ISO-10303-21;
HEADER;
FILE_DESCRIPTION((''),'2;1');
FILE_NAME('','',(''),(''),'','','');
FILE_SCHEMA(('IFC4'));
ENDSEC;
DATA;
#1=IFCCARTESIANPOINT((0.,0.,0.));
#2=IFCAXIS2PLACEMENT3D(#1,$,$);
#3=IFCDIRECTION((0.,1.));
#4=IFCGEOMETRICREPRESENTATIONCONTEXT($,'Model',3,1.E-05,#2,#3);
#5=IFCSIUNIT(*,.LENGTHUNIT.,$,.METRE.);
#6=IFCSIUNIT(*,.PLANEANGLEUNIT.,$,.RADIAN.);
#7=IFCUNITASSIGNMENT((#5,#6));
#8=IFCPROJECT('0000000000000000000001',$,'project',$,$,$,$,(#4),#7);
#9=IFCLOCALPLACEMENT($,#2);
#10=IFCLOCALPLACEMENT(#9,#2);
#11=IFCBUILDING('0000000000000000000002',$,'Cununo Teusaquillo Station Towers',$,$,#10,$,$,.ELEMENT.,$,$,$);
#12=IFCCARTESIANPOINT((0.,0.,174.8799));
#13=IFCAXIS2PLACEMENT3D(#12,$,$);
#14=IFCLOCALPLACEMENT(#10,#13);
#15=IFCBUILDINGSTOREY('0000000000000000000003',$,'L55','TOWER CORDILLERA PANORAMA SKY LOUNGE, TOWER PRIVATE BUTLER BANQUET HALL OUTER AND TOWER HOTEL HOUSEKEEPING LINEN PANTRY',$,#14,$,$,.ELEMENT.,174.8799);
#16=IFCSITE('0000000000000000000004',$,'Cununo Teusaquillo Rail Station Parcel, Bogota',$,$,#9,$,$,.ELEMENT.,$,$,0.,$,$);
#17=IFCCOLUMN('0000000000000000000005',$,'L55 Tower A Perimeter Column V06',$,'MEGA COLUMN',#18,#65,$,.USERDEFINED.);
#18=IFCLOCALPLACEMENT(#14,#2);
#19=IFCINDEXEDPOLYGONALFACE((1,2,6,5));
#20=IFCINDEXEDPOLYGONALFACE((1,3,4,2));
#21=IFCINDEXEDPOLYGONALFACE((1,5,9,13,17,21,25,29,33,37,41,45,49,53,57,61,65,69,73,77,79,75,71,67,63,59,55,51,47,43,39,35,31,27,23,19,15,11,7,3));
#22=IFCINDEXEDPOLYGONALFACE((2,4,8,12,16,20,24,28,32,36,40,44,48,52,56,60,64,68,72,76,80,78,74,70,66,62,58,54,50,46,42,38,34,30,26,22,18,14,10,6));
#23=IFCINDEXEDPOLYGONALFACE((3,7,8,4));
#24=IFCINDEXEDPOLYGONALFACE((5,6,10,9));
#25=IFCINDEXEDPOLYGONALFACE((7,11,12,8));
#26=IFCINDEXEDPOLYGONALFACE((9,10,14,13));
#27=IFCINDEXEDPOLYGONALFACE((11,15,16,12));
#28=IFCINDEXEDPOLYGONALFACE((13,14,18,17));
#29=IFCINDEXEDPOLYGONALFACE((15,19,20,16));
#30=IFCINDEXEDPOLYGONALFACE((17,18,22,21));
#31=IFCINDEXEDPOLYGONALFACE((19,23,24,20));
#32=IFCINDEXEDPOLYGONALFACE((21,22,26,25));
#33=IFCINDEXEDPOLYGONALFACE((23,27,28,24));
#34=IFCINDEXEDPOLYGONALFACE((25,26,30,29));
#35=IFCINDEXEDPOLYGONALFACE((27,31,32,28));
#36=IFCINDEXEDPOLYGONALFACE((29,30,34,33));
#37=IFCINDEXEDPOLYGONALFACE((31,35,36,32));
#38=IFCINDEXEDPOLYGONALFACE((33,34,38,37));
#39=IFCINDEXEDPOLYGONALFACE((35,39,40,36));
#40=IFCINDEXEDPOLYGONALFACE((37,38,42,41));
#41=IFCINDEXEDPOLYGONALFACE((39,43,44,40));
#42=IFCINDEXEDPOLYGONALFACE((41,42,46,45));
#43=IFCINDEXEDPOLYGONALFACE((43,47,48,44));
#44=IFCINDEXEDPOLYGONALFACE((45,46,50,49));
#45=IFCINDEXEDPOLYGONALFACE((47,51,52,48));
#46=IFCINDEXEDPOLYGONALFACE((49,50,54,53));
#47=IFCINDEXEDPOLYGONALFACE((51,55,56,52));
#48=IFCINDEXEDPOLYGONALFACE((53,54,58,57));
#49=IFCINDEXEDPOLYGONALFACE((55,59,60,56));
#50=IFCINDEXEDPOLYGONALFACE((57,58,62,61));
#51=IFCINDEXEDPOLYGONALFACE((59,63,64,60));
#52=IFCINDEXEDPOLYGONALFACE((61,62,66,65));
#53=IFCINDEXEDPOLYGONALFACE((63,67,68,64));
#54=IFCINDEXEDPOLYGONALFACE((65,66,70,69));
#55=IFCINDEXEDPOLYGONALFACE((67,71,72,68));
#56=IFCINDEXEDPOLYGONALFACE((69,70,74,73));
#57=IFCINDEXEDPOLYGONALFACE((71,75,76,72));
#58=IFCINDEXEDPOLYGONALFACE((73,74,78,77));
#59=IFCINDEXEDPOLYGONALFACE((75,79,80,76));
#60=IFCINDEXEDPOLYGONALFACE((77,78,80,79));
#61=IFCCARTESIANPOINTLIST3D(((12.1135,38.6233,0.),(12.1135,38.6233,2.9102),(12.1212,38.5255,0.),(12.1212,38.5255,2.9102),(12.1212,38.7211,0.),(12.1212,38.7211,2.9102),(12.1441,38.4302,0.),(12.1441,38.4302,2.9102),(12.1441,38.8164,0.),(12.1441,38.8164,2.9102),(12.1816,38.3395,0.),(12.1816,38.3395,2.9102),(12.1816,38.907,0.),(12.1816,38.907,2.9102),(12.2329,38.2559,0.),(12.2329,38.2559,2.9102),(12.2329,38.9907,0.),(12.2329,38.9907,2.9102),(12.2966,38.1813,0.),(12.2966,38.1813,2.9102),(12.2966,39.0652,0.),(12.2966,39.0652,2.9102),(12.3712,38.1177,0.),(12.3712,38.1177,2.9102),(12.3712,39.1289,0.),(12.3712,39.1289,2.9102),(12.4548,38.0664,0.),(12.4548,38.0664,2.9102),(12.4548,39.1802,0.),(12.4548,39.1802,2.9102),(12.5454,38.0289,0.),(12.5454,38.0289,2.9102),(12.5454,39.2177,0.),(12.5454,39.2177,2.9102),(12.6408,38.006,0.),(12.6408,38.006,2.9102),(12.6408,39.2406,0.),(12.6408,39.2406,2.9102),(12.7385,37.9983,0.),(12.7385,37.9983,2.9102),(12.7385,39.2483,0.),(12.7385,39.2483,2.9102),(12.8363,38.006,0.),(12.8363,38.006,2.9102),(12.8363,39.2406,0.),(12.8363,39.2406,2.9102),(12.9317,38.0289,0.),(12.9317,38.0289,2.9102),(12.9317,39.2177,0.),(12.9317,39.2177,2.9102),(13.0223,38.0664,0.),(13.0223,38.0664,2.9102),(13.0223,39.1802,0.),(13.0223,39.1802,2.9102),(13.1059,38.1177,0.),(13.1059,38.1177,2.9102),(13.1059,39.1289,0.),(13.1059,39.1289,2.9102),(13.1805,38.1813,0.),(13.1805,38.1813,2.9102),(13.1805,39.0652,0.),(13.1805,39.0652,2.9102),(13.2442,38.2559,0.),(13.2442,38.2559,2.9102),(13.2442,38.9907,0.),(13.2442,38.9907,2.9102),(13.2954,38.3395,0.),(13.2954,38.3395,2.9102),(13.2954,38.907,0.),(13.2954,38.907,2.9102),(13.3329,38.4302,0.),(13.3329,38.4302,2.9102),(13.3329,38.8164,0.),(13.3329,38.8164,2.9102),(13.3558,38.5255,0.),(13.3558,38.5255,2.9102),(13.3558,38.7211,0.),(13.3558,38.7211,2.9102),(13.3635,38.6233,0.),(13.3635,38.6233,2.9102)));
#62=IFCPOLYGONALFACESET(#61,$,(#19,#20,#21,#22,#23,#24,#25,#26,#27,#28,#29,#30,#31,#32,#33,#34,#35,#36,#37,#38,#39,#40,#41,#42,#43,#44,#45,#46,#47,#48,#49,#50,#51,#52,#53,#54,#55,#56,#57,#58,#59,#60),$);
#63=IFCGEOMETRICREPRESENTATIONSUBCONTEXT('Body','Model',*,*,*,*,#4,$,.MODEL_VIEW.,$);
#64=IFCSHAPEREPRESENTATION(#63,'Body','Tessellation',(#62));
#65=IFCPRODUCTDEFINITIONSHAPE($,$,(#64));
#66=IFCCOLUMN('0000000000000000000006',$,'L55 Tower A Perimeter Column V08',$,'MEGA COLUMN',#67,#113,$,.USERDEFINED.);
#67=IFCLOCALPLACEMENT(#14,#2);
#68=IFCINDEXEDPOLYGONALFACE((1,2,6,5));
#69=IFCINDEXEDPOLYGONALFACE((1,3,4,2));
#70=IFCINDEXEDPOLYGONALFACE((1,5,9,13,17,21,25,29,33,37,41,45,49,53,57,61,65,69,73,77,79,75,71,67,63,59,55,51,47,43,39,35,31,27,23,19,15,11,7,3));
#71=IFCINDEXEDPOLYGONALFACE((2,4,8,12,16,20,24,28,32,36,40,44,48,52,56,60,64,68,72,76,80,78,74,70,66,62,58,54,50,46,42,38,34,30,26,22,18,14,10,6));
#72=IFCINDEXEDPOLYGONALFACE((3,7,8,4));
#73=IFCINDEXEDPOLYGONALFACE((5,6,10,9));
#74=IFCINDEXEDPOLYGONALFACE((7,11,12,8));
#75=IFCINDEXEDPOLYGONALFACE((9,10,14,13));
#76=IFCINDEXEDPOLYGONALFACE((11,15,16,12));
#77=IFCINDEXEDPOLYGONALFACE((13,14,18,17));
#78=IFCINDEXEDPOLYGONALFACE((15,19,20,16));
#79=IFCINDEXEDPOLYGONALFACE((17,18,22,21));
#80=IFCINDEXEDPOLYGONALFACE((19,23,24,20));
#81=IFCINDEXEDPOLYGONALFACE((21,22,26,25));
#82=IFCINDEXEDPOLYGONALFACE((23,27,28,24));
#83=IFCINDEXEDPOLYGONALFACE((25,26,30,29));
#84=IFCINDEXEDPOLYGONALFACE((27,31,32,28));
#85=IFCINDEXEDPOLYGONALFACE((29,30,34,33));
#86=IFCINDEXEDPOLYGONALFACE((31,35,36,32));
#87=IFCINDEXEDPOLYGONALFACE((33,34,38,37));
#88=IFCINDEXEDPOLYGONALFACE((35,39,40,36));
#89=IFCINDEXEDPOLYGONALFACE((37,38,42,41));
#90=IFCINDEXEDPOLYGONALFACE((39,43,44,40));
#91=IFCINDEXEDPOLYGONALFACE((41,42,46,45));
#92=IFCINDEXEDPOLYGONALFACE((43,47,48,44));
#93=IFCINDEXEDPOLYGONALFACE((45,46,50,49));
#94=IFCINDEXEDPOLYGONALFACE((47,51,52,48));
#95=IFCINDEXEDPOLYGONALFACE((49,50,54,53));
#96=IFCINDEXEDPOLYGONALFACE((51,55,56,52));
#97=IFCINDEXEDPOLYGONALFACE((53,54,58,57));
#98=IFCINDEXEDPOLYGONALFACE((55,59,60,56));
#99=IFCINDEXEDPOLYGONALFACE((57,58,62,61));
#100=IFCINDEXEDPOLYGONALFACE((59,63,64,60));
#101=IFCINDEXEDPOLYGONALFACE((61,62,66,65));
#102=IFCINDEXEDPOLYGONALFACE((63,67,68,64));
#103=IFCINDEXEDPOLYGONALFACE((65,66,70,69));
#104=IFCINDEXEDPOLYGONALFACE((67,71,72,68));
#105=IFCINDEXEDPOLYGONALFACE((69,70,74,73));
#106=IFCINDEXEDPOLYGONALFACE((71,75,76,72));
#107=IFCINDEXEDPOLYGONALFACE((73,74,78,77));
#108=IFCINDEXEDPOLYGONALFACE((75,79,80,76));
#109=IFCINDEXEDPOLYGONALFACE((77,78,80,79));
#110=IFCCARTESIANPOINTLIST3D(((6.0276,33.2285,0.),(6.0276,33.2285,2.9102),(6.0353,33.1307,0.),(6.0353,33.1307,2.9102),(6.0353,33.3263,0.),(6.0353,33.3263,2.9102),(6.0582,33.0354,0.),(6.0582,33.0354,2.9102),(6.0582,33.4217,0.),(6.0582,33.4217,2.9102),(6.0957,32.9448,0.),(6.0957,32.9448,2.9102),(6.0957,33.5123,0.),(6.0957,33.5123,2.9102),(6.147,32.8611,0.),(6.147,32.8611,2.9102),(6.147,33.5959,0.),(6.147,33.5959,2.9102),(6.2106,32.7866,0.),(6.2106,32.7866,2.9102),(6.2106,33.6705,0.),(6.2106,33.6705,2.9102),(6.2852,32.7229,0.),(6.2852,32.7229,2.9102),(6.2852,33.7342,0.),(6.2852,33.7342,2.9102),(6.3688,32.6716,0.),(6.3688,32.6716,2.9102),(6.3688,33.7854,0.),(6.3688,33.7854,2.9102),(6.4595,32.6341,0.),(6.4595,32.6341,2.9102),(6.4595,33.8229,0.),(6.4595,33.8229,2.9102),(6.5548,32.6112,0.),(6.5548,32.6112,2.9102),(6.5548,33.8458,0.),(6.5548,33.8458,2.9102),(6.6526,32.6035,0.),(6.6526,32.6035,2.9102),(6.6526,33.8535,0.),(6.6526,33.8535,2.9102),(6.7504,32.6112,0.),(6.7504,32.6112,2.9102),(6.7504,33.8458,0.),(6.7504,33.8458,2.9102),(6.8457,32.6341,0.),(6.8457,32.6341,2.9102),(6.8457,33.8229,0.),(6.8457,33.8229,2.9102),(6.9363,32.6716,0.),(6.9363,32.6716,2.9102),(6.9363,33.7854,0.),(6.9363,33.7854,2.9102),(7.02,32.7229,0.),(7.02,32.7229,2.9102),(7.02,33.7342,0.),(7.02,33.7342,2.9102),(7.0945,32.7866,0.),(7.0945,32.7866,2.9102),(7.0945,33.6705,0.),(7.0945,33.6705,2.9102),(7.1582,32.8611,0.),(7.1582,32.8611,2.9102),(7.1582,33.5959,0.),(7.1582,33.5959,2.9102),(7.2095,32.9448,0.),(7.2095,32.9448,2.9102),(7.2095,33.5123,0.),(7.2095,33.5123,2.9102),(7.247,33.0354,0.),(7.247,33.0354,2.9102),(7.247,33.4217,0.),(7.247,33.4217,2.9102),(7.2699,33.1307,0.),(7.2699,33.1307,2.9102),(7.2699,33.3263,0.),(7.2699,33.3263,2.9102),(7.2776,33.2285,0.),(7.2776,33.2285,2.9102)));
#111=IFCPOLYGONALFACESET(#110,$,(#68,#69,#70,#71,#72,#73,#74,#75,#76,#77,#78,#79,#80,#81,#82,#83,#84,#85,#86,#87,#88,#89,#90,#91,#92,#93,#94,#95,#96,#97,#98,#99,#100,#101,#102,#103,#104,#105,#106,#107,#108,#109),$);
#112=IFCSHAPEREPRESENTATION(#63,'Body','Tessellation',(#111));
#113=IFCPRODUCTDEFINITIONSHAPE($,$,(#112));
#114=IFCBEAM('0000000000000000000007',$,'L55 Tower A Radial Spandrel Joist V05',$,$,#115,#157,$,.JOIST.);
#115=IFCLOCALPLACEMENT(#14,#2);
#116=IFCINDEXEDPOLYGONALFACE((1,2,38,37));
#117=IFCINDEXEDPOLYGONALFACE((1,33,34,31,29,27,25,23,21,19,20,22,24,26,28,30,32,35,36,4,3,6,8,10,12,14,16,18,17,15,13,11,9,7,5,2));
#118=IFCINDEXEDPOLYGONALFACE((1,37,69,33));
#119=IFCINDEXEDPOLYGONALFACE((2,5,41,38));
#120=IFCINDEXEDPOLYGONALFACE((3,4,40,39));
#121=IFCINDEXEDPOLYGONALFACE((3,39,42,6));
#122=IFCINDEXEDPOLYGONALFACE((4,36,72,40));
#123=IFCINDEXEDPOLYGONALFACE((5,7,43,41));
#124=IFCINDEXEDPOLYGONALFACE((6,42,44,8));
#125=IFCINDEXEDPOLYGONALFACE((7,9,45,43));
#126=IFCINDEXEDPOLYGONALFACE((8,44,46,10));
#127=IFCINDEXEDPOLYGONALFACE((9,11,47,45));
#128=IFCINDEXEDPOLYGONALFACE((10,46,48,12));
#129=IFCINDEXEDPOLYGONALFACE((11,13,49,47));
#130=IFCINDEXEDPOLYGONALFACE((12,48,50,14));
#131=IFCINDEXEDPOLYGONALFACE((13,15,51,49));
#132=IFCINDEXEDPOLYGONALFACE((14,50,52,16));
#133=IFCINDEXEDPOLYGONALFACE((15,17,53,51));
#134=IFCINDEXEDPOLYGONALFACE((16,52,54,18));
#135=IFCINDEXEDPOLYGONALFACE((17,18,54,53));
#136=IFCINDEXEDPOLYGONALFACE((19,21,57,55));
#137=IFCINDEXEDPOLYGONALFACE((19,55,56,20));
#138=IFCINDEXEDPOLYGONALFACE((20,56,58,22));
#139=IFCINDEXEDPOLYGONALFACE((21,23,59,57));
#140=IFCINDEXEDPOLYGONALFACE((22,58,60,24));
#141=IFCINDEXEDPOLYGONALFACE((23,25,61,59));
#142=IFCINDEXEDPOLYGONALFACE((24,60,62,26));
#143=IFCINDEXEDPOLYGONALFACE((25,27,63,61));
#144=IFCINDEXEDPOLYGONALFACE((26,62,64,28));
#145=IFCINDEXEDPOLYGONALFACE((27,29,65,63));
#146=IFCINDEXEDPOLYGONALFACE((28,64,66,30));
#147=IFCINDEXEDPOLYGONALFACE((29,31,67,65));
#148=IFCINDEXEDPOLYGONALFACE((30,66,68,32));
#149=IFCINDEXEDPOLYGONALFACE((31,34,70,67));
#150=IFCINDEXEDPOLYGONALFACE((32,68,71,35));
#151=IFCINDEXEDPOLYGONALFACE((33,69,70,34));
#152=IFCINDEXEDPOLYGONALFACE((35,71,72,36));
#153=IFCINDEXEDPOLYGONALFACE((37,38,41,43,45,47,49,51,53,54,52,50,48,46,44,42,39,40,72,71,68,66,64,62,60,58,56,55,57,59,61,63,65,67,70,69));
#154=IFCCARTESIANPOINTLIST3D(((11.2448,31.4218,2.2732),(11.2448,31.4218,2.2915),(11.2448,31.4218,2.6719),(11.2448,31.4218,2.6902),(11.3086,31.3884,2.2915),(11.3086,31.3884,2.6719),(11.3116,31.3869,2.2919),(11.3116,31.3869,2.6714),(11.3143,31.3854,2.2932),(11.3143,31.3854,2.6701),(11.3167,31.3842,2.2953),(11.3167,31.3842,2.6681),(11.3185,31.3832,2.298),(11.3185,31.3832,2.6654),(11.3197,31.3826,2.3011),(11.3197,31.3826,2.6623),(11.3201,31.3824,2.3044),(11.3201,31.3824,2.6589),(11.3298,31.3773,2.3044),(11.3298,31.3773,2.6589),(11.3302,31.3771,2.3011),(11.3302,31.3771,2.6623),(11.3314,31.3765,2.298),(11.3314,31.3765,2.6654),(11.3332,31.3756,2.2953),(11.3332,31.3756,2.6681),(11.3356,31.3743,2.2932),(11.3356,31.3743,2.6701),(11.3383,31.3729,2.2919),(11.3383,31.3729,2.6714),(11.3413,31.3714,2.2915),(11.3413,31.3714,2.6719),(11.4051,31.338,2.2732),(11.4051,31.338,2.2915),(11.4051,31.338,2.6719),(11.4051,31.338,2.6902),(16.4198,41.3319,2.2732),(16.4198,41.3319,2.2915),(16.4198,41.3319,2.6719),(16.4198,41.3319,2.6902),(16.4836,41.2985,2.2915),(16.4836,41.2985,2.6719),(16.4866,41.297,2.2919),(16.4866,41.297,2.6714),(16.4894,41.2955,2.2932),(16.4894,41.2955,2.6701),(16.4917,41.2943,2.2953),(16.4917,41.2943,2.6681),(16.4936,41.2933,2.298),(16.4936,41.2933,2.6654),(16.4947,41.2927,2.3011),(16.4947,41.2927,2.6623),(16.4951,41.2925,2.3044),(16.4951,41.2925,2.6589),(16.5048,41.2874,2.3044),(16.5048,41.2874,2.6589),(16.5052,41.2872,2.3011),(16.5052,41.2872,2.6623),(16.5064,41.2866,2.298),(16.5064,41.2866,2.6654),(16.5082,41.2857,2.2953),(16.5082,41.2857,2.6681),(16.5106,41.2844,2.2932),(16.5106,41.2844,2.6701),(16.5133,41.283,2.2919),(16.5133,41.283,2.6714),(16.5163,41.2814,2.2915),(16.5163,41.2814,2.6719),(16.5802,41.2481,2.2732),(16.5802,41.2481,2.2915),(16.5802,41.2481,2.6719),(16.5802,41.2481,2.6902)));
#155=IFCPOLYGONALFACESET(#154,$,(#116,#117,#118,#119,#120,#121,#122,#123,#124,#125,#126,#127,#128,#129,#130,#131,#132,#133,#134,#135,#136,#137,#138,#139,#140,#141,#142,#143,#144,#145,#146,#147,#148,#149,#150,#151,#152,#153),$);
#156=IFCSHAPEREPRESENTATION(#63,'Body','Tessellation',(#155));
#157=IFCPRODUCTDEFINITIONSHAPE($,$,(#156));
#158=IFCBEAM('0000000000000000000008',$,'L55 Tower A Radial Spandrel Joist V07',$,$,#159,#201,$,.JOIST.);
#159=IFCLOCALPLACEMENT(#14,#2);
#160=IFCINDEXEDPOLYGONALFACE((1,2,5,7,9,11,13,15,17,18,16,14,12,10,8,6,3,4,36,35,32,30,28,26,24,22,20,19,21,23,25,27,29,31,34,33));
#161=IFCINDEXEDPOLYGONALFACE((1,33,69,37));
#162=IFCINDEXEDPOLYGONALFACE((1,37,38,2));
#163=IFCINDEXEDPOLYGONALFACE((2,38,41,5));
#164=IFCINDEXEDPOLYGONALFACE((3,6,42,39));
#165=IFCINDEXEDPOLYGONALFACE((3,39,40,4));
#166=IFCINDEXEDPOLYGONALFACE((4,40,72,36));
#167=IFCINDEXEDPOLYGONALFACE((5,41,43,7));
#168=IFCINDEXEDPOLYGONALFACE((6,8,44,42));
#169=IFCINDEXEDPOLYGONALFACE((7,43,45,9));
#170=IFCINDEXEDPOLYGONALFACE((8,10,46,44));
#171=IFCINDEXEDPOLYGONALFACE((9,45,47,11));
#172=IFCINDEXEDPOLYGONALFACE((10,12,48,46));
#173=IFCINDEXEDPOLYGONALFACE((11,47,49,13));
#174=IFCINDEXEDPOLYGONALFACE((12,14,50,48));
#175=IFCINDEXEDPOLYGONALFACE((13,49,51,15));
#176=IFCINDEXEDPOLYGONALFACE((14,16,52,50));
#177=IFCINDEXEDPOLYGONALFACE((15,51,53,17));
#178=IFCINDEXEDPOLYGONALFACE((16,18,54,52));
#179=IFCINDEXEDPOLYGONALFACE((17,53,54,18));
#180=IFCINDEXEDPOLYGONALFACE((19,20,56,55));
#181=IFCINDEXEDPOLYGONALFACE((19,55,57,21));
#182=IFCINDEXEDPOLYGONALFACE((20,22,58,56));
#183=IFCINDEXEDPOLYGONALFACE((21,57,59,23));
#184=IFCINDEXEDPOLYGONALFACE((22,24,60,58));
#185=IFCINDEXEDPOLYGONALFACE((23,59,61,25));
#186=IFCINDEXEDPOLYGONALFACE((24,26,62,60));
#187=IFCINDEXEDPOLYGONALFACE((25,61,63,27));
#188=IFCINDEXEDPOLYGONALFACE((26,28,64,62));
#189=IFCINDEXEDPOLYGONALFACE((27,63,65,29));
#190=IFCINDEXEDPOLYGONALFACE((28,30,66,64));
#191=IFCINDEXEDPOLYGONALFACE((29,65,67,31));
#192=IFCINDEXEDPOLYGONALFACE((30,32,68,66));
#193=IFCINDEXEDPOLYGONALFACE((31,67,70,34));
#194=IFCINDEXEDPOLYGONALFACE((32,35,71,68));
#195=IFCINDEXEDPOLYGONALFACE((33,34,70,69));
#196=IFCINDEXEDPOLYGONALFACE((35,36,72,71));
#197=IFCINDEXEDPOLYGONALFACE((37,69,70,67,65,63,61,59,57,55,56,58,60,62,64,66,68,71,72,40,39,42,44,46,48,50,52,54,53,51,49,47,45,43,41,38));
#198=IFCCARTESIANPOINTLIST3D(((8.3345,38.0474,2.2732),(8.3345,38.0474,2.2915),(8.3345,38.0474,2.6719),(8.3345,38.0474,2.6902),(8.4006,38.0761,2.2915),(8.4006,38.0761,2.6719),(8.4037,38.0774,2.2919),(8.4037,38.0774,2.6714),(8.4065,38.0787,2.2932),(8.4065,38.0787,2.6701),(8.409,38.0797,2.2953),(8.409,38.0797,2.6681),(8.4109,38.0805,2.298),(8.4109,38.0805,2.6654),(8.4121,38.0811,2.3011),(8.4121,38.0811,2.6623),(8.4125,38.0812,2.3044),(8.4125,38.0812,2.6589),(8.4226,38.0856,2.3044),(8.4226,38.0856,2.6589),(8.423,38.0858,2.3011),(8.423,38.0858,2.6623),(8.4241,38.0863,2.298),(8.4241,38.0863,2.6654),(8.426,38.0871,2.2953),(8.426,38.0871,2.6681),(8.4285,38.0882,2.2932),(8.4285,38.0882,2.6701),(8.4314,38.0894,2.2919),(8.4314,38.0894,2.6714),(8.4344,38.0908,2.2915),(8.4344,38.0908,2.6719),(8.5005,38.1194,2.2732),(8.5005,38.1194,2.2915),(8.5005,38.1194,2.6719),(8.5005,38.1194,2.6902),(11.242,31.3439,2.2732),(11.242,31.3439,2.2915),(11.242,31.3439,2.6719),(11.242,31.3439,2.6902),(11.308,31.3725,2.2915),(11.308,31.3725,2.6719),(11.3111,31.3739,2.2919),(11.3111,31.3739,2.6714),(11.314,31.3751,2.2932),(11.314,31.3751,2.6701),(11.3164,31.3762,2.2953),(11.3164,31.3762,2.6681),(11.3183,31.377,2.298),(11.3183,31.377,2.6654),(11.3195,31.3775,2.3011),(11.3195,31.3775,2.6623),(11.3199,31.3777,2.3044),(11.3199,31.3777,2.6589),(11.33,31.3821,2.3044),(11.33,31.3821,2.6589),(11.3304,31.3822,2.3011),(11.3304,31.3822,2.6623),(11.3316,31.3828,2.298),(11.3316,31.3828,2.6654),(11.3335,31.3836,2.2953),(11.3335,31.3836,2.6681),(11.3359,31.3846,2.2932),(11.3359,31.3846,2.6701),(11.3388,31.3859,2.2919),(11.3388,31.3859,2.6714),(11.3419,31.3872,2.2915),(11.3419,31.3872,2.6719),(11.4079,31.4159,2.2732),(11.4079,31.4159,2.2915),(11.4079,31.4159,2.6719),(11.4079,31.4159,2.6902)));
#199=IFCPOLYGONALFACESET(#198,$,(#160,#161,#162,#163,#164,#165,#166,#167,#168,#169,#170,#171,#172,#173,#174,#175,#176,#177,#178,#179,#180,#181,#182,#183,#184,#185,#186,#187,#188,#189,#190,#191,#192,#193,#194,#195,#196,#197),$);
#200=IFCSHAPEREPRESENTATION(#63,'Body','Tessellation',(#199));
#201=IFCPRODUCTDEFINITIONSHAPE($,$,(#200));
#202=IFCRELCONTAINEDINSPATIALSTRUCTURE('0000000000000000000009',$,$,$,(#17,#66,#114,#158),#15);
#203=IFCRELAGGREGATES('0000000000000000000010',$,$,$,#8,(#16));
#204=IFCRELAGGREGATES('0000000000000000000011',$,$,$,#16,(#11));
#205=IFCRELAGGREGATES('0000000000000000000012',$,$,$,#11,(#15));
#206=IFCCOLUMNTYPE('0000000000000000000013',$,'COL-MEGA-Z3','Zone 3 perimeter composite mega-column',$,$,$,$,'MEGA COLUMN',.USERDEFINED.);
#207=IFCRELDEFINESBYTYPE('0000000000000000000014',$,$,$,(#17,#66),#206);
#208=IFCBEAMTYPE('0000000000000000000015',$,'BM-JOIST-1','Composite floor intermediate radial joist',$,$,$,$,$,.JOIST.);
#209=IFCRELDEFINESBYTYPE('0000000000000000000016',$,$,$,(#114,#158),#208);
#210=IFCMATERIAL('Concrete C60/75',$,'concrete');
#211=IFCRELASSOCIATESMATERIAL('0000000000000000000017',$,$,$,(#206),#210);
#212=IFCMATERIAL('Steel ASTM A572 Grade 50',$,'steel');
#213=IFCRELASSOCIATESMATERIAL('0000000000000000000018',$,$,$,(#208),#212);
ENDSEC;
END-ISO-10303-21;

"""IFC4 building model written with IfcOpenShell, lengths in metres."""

from ifc_helpers import new_model, si_unit, direction, frame, origin, origin_2d, place, context, subcontext, project, spatial, circle, i_section, extrude, material, material_profile, profile_set, type_object, element, save


model = new_model("IFC4")

# Units and contexts
model_context = context("Model", 3, precision=1e-05, world=origin(), true_north=direction((0.0, 1.0)))
body_context = subcontext(model_context, "Body", "Model", "MODEL_VIEW")
ifc_project = project(units=[si_unit("LENGTHUNIT", "METRE"), si_unit("PLANEANGLEUNIT", "RADIAN")], contexts=[model_context])

# Site, building, storey
site_placement = place(None, origin())
site = spatial("IfcSite", under=ifc_project, at=site_placement, Name="Cununo Teusaquillo Rail Station Parcel, Bogota", CompositionType="ELEMENT", RefElevation=0.0)
building_placement = place(site_placement, origin())
building = spatial("IfcBuilding", under=site, at=building_placement, Name="Cununo Teusaquillo Station Towers", CompositionType="ELEMENT")
storey_placement = place(building_placement, frame((0.0, 0.0, 174.8799)))
storey = spatial("IfcBuildingStorey", under=building, at=storey_placement, Name="L55", Description="TOWER CORDILLERA PANORAMA SKY LOUNGE, TOWER PRIVATE BUTLER BANQUET HALL OUTER AND TOWER HOTEL HOUSEKEEPING LINEN PANTRY", CompositionType="ELEMENT", Elevation=174.8799)

# Columns
ifc_material_1 = material(Name="Concrete C60/75", Category="concrete")
ifc_material_profile_1 = material_profile(ifc_material_1, circle(Radius=0.625, at=origin_2d()), Name="RC-CIRC-1250")
ifc_profile_set_1 = profile_set([ifc_material_profile_1], Name="Concrete C60/75")
column_type = type_object("IfcColumnType", Name="COL-MEGA-Z3", Description="Zone 3 perimeter composite mega-column", ElementType="MEGA COLUMN", PredefinedType="USERDEFINED", material=ifc_profile_set_1)
for number, where, z_axis, x_axis, name in (
    (1, (12.7385, 38.6233, 0.0), (0.0, 0.0, 1.0), (1.0, 0.0, 0.0), "L55 Tower A Perimeter Column V06"),
    (2, (6.6526, 33.2285, 0.0), (0.0, 0.0, 1.0), (1.0, 0.0, 0.0), "L55 Tower A Perimeter Column V08"),
):
    element("IfcColumn", number, at=place(storey_placement, frame(where, z_axis=z_axis, x_axis=x_axis)), inside=storey, type_object=column_type, Name=name, ObjectType="MEGA COLUMN", PredefinedType="USERDEFINED", context=body_context, shape_type="SweptSolid", body=[
        extrude(circle(Radius=0.625, at=origin_2d()), origin(), (0.0, 0.0, 1.0), 2.9102),
    ])

# Beams
ifc_material_2 = material(Name="Steel ASTM A572 Grade 50", Category="steel")
ifc_material_profile_2 = material_profile(ifc_material_2, i_section(OverallWidth=0.1809, OverallDepth=0.417, WebThickness=0.011, FlangeThickness=0.0183, FilletRadius=0.0129, at=origin_2d()), Name="W16X57")
ifc_profile_set_2 = profile_set([ifc_material_profile_2], Name="Steel ASTM A572 Grade 50")
beam_type_1 = type_object("IfcBeamType", Name="BM-JOIST-1", Description="Composite floor intermediate radial joist", PredefinedType="JOIST", material=ifc_profile_set_2)
beam_1_placement = place(storey_placement, frame((11.325, 31.3799, 2.4817), z_axis=(0.462885, 0.886419, 0.0), x_axis=(-0.886419, 0.462885, 0.0)))
element("IfcBeam", 3, at=beam_1_placement, inside=storey, type_object=beam_type_1, Name="L55 Tower A Radial Spandrel Joist V05", PredefinedType="JOIST", context=body_context, shape_type="SweptSolid", body=[
    extrude(i_section(OverallWidth=0.1809, OverallDepth=0.417, WebThickness=0.011, FlangeThickness=0.0183, FilletRadius=0.0129, at=origin_2d()), origin(), (0.0, 0.0, 1.0), 11.1799),
])
beam_2_placement = place(storey_placement, frame((11.325, 31.3799, 2.4817), z_axis=(-0.397904, 0.917427, 0.0), x_axis=(-0.917427, -0.397904, 0.0)))
element("IfcBeam", 4, at=beam_2_placement, inside=storey, type_object=beam_type_1, Name="L55 Tower A Radial Spandrel Joist V07", PredefinedType="JOIST", context=body_context, shape_type="SweptSolid", body=[
    extrude(i_section(OverallWidth=0.1809, OverallDepth=0.417, WebThickness=0.011, FlangeThickness=0.0183, FilletRadius=0.0129, at=origin_2d()), origin(), (0.0, 0.0, 1.0), 7.3069),
])

save(model, "model.ifc")
